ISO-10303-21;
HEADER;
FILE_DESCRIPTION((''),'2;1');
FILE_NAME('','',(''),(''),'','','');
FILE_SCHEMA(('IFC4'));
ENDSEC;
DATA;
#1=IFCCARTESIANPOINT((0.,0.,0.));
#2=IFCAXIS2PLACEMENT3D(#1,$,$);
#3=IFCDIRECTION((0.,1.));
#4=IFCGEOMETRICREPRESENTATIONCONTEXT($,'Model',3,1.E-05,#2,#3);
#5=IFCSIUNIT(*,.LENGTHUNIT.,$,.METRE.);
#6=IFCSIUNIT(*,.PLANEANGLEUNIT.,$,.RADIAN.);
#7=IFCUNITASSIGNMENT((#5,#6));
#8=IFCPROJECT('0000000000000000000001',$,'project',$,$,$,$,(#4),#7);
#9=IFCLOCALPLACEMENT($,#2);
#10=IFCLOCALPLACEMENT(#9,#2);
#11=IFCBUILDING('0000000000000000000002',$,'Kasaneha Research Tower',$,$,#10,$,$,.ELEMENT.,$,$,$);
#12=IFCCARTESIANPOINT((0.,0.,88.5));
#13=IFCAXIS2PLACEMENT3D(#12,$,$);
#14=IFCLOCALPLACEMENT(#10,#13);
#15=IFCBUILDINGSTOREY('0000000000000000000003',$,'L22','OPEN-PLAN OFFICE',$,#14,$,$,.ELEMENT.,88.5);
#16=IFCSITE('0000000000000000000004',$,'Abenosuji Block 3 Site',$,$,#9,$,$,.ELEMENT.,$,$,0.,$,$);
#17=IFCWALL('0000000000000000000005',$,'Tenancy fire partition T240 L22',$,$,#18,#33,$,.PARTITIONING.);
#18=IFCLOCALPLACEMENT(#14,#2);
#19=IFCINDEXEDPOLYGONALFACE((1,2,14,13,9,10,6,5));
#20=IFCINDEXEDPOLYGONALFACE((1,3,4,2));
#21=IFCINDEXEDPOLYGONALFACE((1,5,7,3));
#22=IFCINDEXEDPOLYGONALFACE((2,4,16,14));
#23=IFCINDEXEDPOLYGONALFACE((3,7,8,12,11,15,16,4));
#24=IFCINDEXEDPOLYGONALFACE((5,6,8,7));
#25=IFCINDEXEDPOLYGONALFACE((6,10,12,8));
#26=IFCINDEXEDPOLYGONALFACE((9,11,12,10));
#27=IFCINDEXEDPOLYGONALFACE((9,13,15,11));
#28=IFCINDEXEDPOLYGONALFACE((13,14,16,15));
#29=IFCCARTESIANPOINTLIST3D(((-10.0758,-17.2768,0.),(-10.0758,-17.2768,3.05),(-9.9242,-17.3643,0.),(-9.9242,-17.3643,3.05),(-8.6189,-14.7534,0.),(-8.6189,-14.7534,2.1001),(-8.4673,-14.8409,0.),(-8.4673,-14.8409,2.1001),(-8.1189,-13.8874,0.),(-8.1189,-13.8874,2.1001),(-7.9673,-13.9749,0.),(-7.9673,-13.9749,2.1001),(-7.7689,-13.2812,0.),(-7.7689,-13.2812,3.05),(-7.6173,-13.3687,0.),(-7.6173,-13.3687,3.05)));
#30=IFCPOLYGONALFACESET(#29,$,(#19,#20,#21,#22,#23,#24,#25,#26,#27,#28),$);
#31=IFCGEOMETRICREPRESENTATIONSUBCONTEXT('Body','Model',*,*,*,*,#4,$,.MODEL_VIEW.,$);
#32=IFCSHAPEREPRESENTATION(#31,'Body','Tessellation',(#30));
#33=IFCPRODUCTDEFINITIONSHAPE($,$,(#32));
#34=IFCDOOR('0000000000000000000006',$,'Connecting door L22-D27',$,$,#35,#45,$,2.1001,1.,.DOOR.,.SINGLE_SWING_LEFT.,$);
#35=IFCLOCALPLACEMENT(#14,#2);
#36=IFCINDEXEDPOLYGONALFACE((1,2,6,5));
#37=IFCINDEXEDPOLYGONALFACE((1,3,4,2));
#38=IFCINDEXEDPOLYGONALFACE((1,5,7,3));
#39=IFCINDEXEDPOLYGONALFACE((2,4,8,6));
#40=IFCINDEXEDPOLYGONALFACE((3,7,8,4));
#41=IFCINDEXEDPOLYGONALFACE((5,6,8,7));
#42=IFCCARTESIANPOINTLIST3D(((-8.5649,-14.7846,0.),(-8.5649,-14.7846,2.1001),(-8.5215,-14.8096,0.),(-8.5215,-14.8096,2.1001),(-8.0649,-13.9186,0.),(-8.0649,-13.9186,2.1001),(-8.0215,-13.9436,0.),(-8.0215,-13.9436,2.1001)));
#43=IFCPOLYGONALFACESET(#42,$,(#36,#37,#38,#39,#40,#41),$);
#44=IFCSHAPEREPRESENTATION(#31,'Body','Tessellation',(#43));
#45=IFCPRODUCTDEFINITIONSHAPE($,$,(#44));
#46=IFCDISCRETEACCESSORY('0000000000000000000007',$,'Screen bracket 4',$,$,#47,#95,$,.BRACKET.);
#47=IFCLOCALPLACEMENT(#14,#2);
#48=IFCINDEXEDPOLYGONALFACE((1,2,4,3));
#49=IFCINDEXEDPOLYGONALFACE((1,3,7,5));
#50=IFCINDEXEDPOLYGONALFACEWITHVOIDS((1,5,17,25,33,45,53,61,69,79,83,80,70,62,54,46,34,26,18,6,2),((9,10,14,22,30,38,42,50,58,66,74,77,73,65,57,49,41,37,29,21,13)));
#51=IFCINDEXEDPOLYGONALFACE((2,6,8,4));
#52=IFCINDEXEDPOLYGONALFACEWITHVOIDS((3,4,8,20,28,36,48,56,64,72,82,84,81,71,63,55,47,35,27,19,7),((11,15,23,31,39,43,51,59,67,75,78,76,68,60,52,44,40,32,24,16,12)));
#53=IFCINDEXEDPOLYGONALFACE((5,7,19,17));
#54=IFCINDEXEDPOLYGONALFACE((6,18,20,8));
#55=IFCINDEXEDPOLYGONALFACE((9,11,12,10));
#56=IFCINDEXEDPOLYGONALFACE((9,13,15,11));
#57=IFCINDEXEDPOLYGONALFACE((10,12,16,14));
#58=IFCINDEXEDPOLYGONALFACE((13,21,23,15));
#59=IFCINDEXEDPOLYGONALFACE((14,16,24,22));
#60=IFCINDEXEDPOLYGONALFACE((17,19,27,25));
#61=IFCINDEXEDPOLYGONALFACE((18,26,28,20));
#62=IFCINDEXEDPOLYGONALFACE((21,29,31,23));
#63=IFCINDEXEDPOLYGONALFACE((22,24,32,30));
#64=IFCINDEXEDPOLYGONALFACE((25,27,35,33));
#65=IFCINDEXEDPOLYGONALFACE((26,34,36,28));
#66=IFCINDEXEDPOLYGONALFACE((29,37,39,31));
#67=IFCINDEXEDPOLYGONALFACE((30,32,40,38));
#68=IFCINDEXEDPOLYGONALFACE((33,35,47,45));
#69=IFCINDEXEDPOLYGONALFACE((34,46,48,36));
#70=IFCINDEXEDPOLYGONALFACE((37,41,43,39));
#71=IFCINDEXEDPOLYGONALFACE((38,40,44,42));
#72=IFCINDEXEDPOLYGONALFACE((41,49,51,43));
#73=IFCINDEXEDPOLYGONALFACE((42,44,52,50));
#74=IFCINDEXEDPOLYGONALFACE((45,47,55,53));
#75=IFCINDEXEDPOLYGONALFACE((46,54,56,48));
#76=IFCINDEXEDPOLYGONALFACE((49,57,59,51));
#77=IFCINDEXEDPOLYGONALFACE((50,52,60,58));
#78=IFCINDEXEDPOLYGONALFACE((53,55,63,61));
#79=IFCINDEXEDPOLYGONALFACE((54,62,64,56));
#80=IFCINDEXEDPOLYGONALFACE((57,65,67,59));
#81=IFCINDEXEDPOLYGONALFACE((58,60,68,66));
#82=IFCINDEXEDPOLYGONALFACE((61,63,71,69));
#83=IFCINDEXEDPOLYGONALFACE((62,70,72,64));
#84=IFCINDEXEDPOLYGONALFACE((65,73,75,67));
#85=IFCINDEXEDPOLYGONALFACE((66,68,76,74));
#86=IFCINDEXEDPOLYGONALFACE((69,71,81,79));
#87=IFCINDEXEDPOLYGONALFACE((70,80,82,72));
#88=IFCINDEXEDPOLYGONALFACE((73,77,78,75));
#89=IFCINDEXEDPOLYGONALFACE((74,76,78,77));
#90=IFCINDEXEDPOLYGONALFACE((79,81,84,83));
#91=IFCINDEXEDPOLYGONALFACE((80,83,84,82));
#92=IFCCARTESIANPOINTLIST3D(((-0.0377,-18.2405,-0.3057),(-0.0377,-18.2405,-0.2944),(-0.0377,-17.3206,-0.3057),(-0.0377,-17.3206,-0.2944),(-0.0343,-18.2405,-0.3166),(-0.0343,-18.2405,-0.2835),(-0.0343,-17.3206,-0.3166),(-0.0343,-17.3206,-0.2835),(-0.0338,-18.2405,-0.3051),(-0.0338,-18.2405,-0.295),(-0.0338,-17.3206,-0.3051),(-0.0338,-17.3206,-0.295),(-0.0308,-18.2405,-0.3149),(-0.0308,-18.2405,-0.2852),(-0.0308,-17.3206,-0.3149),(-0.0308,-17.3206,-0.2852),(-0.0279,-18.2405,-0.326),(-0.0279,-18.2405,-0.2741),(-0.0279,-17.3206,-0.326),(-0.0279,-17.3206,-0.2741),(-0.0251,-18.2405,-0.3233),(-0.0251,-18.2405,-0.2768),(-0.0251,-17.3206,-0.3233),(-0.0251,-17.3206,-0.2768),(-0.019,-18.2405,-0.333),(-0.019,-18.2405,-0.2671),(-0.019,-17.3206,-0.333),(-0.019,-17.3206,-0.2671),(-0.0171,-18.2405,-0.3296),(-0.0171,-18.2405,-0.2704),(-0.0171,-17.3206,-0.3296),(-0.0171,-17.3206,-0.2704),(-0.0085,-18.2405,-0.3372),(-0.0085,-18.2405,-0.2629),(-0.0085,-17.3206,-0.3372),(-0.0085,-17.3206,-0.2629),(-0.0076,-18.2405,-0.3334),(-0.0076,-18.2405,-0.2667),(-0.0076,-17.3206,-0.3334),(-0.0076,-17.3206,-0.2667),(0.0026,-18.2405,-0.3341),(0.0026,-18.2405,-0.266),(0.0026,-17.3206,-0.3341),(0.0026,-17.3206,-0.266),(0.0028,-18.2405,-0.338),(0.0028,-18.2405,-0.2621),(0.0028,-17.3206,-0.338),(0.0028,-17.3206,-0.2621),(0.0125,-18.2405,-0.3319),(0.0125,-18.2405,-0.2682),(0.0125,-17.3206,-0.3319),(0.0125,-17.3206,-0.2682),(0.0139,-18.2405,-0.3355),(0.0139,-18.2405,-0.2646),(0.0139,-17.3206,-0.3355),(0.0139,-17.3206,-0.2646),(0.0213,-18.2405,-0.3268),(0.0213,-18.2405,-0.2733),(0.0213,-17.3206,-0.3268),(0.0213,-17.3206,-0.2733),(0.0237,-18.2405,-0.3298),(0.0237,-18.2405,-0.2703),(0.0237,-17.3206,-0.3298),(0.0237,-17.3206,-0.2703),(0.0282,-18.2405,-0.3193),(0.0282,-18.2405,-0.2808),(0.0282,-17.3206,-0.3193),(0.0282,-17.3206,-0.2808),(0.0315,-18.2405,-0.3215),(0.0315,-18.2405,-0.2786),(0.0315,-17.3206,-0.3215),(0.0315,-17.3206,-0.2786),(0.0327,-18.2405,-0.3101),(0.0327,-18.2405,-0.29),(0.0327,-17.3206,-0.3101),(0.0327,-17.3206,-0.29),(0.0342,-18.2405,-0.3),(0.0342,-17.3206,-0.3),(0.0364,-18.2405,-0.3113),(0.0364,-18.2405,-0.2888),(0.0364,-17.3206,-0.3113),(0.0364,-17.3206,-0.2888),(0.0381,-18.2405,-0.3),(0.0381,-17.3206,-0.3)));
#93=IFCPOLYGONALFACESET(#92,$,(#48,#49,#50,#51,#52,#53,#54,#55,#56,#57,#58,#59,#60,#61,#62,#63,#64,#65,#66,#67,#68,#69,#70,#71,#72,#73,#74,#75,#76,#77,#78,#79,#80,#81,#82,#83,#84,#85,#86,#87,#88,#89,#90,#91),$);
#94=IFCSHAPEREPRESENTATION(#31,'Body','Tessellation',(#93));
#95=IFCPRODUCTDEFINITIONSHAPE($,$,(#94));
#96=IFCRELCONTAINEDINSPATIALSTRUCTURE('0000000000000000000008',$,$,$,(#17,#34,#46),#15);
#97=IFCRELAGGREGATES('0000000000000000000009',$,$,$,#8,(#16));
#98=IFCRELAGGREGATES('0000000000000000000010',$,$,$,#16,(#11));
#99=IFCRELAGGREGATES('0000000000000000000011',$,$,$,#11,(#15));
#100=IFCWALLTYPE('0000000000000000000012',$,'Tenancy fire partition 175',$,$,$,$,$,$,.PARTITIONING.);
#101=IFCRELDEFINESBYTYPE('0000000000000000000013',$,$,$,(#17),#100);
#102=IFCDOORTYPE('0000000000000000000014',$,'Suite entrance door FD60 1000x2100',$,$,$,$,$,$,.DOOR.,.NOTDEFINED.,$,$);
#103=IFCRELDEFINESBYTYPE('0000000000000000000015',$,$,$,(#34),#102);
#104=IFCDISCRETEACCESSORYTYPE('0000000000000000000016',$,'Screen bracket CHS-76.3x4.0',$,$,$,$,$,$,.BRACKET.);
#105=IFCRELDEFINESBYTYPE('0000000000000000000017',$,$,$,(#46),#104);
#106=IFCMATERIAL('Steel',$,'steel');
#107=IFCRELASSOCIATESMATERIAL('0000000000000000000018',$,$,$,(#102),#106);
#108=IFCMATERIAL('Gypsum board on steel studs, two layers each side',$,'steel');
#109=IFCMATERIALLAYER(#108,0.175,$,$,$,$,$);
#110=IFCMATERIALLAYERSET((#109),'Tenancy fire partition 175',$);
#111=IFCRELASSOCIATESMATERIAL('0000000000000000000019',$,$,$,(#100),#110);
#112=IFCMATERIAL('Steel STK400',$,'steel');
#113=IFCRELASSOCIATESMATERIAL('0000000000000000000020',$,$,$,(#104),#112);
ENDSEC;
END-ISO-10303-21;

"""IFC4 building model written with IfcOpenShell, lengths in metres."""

from ifc_helpers import new_model, si_unit, direction, frame, frame_2d, origin, origin_2d, place, context, subcontext, project, spatial, rectangle, hollow_circle, extrude, material, layer, layer_set, material_profile, profile_set, type_object, element, fill, save


model = new_model("IFC4")

# Units and contexts
model_context = context("Model", 3, precision=1e-05, world=origin(), true_north=direction((0.0, 1.0)))
body_context = subcontext(model_context, "Body", "Model", "MODEL_VIEW")
ifc_project = project(units=[si_unit("LENGTHUNIT", "METRE"), si_unit("PLANEANGLEUNIT", "RADIAN")], contexts=[model_context])

# Site, building, storey
site_placement = place(None, origin())
site = spatial("IfcSite", under=ifc_project, at=site_placement, Name="Abenosuji Block 3 Site", CompositionType="ELEMENT", RefElevation=0.0)
building_placement = place(site_placement, origin())
building = spatial("IfcBuilding", under=site, at=building_placement, Name="Kasaneha Research Tower", CompositionType="ELEMENT")
storey_placement = place(building_placement, frame((0.0, 0.0, 88.5)))
storey = spatial("IfcBuildingStorey", under=building, at=storey_placement, Name="L22", Description="OPEN-PLAN OFFICE", CompositionType="ELEMENT", Elevation=88.5)

# Shared definitions
ifc_material_1 = material(Name="Steel", Category="steel")
door_type_1 = type_object("IfcDoorType", Name="Suite entrance door FD60 1000x2100", OperationType="NOTDEFINED", PredefinedType="DOOR", material=ifc_material_1)

# Wall, opening, door
ifc_material_2 = material(Name="Gypsum board on steel studs, two layers each side", Category="steel")
ifc_layer_1 = layer(ifc_material_2, 0.175)
ifc_layer_set_1 = layer_set([ifc_layer_1], Name="Tenancy fire partition 175")
wall_type_1 = type_object("IfcWallType", Name="Tenancy fire partition 175", PredefinedType="PARTITIONING", material=ifc_layer_set_1)
wall_1_placement = place(storey_placement, frame((-7.6931, -13.325, 0.0), z_axis=(0.0, 0.0, 1.0), x_axis=(-0.500003, -0.866023, 0.0)))
wall_1 = element("IfcWall", 1, at=wall_1_placement, inside=storey, type_object=wall_type_1, Name="Tenancy fire partition T240 L22", PredefinedType="PARTITIONING", context=body_context, shape_type="SweptSolid", body=[
    extrude(rectangle(XDim=4.6138, YDim=0.175, at=frame_2d((2.3069, 0.0))), origin(), (0.0, 0.0, 1.0), 3.05),
])
opening_1_placement = place(wall_1_placement, frame((0.7, 0.0, 0.0)))
opening_1 = element("IfcOpeningElement", 2, at=opening_1_placement, cuts=wall_1, PredefinedType="OPENING", context=body_context, shape_type="SweptSolid", body=[
    extrude(rectangle(XDim=1.0, YDim=2.1001, at=frame_2d((0.5, 1.05))), frame((0.0, 0.0977, 0.0), z_axis=(0.0, -1.0, 0.0), x_axis=(1.0, 0.0, 0.0)), (0.0, 0.0, 1.0), 0.1951),
])
door_1_placement = place(opening_1_placement, origin())
door_1 = element("IfcDoor", 3, at=door_1_placement, inside=storey, type_object=door_type_1, Name="Connecting door L22-D27", OperationType="SINGLE_SWING_LEFT", OverallHeight=2.1001, OverallWidth=1.0, PredefinedType="DOOR", context=body_context, shape_type="SweptSolid", body=[
    extrude(rectangle(XDim=1.0, YDim=2.1001, at=frame_2d((0.5, 1.05))), frame((0.0, 0.0249, 0.0), z_axis=(0.0, -1.0, 0.0), x_axis=(1.0, 0.0, 0.0)), (0.0, 0.0, 1.0), 0.05),
])
fill(opening_1, door_1)

# Discrete accessory
ifc_material_3 = material(Name="Steel STK400", Category="steel")
ifc_material_profile_1 = material_profile(ifc_material_3, hollow_circle(Radius=0.0381, WallThickness=0.0039, at=origin_2d()), Name="CHS-76.3x4.0")
ifc_profile_set_1 = profile_set([ifc_material_profile_1], Name="Steel STK400")
discrete_accessory_type = type_object("IfcDiscreteAccessoryType", Name="Screen bracket CHS-76.3x4.0", PredefinedType="BRACKET", material=ifc_profile_set_1)
discrete_accessory_placement = place(storey_placement, frame((0.0, -17.3206, -0.3), z_axis=(0.0, -1.0, 0.0), x_axis=(1.0, 0.0, 0.0)))
element("IfcDiscreteAccessory", 4, at=discrete_accessory_placement, inside=storey, type_object=discrete_accessory_type, Name="Screen bracket 4", PredefinedType="BRACKET", context=body_context, shape_type="SweptSolid", body=[
    extrude(hollow_circle(Radius=0.0381, WallThickness=0.0039, at=origin_2d()), origin(), (0.0, 0.0, 1.0), 0.9199),
])

save(model, "model.ifc")
